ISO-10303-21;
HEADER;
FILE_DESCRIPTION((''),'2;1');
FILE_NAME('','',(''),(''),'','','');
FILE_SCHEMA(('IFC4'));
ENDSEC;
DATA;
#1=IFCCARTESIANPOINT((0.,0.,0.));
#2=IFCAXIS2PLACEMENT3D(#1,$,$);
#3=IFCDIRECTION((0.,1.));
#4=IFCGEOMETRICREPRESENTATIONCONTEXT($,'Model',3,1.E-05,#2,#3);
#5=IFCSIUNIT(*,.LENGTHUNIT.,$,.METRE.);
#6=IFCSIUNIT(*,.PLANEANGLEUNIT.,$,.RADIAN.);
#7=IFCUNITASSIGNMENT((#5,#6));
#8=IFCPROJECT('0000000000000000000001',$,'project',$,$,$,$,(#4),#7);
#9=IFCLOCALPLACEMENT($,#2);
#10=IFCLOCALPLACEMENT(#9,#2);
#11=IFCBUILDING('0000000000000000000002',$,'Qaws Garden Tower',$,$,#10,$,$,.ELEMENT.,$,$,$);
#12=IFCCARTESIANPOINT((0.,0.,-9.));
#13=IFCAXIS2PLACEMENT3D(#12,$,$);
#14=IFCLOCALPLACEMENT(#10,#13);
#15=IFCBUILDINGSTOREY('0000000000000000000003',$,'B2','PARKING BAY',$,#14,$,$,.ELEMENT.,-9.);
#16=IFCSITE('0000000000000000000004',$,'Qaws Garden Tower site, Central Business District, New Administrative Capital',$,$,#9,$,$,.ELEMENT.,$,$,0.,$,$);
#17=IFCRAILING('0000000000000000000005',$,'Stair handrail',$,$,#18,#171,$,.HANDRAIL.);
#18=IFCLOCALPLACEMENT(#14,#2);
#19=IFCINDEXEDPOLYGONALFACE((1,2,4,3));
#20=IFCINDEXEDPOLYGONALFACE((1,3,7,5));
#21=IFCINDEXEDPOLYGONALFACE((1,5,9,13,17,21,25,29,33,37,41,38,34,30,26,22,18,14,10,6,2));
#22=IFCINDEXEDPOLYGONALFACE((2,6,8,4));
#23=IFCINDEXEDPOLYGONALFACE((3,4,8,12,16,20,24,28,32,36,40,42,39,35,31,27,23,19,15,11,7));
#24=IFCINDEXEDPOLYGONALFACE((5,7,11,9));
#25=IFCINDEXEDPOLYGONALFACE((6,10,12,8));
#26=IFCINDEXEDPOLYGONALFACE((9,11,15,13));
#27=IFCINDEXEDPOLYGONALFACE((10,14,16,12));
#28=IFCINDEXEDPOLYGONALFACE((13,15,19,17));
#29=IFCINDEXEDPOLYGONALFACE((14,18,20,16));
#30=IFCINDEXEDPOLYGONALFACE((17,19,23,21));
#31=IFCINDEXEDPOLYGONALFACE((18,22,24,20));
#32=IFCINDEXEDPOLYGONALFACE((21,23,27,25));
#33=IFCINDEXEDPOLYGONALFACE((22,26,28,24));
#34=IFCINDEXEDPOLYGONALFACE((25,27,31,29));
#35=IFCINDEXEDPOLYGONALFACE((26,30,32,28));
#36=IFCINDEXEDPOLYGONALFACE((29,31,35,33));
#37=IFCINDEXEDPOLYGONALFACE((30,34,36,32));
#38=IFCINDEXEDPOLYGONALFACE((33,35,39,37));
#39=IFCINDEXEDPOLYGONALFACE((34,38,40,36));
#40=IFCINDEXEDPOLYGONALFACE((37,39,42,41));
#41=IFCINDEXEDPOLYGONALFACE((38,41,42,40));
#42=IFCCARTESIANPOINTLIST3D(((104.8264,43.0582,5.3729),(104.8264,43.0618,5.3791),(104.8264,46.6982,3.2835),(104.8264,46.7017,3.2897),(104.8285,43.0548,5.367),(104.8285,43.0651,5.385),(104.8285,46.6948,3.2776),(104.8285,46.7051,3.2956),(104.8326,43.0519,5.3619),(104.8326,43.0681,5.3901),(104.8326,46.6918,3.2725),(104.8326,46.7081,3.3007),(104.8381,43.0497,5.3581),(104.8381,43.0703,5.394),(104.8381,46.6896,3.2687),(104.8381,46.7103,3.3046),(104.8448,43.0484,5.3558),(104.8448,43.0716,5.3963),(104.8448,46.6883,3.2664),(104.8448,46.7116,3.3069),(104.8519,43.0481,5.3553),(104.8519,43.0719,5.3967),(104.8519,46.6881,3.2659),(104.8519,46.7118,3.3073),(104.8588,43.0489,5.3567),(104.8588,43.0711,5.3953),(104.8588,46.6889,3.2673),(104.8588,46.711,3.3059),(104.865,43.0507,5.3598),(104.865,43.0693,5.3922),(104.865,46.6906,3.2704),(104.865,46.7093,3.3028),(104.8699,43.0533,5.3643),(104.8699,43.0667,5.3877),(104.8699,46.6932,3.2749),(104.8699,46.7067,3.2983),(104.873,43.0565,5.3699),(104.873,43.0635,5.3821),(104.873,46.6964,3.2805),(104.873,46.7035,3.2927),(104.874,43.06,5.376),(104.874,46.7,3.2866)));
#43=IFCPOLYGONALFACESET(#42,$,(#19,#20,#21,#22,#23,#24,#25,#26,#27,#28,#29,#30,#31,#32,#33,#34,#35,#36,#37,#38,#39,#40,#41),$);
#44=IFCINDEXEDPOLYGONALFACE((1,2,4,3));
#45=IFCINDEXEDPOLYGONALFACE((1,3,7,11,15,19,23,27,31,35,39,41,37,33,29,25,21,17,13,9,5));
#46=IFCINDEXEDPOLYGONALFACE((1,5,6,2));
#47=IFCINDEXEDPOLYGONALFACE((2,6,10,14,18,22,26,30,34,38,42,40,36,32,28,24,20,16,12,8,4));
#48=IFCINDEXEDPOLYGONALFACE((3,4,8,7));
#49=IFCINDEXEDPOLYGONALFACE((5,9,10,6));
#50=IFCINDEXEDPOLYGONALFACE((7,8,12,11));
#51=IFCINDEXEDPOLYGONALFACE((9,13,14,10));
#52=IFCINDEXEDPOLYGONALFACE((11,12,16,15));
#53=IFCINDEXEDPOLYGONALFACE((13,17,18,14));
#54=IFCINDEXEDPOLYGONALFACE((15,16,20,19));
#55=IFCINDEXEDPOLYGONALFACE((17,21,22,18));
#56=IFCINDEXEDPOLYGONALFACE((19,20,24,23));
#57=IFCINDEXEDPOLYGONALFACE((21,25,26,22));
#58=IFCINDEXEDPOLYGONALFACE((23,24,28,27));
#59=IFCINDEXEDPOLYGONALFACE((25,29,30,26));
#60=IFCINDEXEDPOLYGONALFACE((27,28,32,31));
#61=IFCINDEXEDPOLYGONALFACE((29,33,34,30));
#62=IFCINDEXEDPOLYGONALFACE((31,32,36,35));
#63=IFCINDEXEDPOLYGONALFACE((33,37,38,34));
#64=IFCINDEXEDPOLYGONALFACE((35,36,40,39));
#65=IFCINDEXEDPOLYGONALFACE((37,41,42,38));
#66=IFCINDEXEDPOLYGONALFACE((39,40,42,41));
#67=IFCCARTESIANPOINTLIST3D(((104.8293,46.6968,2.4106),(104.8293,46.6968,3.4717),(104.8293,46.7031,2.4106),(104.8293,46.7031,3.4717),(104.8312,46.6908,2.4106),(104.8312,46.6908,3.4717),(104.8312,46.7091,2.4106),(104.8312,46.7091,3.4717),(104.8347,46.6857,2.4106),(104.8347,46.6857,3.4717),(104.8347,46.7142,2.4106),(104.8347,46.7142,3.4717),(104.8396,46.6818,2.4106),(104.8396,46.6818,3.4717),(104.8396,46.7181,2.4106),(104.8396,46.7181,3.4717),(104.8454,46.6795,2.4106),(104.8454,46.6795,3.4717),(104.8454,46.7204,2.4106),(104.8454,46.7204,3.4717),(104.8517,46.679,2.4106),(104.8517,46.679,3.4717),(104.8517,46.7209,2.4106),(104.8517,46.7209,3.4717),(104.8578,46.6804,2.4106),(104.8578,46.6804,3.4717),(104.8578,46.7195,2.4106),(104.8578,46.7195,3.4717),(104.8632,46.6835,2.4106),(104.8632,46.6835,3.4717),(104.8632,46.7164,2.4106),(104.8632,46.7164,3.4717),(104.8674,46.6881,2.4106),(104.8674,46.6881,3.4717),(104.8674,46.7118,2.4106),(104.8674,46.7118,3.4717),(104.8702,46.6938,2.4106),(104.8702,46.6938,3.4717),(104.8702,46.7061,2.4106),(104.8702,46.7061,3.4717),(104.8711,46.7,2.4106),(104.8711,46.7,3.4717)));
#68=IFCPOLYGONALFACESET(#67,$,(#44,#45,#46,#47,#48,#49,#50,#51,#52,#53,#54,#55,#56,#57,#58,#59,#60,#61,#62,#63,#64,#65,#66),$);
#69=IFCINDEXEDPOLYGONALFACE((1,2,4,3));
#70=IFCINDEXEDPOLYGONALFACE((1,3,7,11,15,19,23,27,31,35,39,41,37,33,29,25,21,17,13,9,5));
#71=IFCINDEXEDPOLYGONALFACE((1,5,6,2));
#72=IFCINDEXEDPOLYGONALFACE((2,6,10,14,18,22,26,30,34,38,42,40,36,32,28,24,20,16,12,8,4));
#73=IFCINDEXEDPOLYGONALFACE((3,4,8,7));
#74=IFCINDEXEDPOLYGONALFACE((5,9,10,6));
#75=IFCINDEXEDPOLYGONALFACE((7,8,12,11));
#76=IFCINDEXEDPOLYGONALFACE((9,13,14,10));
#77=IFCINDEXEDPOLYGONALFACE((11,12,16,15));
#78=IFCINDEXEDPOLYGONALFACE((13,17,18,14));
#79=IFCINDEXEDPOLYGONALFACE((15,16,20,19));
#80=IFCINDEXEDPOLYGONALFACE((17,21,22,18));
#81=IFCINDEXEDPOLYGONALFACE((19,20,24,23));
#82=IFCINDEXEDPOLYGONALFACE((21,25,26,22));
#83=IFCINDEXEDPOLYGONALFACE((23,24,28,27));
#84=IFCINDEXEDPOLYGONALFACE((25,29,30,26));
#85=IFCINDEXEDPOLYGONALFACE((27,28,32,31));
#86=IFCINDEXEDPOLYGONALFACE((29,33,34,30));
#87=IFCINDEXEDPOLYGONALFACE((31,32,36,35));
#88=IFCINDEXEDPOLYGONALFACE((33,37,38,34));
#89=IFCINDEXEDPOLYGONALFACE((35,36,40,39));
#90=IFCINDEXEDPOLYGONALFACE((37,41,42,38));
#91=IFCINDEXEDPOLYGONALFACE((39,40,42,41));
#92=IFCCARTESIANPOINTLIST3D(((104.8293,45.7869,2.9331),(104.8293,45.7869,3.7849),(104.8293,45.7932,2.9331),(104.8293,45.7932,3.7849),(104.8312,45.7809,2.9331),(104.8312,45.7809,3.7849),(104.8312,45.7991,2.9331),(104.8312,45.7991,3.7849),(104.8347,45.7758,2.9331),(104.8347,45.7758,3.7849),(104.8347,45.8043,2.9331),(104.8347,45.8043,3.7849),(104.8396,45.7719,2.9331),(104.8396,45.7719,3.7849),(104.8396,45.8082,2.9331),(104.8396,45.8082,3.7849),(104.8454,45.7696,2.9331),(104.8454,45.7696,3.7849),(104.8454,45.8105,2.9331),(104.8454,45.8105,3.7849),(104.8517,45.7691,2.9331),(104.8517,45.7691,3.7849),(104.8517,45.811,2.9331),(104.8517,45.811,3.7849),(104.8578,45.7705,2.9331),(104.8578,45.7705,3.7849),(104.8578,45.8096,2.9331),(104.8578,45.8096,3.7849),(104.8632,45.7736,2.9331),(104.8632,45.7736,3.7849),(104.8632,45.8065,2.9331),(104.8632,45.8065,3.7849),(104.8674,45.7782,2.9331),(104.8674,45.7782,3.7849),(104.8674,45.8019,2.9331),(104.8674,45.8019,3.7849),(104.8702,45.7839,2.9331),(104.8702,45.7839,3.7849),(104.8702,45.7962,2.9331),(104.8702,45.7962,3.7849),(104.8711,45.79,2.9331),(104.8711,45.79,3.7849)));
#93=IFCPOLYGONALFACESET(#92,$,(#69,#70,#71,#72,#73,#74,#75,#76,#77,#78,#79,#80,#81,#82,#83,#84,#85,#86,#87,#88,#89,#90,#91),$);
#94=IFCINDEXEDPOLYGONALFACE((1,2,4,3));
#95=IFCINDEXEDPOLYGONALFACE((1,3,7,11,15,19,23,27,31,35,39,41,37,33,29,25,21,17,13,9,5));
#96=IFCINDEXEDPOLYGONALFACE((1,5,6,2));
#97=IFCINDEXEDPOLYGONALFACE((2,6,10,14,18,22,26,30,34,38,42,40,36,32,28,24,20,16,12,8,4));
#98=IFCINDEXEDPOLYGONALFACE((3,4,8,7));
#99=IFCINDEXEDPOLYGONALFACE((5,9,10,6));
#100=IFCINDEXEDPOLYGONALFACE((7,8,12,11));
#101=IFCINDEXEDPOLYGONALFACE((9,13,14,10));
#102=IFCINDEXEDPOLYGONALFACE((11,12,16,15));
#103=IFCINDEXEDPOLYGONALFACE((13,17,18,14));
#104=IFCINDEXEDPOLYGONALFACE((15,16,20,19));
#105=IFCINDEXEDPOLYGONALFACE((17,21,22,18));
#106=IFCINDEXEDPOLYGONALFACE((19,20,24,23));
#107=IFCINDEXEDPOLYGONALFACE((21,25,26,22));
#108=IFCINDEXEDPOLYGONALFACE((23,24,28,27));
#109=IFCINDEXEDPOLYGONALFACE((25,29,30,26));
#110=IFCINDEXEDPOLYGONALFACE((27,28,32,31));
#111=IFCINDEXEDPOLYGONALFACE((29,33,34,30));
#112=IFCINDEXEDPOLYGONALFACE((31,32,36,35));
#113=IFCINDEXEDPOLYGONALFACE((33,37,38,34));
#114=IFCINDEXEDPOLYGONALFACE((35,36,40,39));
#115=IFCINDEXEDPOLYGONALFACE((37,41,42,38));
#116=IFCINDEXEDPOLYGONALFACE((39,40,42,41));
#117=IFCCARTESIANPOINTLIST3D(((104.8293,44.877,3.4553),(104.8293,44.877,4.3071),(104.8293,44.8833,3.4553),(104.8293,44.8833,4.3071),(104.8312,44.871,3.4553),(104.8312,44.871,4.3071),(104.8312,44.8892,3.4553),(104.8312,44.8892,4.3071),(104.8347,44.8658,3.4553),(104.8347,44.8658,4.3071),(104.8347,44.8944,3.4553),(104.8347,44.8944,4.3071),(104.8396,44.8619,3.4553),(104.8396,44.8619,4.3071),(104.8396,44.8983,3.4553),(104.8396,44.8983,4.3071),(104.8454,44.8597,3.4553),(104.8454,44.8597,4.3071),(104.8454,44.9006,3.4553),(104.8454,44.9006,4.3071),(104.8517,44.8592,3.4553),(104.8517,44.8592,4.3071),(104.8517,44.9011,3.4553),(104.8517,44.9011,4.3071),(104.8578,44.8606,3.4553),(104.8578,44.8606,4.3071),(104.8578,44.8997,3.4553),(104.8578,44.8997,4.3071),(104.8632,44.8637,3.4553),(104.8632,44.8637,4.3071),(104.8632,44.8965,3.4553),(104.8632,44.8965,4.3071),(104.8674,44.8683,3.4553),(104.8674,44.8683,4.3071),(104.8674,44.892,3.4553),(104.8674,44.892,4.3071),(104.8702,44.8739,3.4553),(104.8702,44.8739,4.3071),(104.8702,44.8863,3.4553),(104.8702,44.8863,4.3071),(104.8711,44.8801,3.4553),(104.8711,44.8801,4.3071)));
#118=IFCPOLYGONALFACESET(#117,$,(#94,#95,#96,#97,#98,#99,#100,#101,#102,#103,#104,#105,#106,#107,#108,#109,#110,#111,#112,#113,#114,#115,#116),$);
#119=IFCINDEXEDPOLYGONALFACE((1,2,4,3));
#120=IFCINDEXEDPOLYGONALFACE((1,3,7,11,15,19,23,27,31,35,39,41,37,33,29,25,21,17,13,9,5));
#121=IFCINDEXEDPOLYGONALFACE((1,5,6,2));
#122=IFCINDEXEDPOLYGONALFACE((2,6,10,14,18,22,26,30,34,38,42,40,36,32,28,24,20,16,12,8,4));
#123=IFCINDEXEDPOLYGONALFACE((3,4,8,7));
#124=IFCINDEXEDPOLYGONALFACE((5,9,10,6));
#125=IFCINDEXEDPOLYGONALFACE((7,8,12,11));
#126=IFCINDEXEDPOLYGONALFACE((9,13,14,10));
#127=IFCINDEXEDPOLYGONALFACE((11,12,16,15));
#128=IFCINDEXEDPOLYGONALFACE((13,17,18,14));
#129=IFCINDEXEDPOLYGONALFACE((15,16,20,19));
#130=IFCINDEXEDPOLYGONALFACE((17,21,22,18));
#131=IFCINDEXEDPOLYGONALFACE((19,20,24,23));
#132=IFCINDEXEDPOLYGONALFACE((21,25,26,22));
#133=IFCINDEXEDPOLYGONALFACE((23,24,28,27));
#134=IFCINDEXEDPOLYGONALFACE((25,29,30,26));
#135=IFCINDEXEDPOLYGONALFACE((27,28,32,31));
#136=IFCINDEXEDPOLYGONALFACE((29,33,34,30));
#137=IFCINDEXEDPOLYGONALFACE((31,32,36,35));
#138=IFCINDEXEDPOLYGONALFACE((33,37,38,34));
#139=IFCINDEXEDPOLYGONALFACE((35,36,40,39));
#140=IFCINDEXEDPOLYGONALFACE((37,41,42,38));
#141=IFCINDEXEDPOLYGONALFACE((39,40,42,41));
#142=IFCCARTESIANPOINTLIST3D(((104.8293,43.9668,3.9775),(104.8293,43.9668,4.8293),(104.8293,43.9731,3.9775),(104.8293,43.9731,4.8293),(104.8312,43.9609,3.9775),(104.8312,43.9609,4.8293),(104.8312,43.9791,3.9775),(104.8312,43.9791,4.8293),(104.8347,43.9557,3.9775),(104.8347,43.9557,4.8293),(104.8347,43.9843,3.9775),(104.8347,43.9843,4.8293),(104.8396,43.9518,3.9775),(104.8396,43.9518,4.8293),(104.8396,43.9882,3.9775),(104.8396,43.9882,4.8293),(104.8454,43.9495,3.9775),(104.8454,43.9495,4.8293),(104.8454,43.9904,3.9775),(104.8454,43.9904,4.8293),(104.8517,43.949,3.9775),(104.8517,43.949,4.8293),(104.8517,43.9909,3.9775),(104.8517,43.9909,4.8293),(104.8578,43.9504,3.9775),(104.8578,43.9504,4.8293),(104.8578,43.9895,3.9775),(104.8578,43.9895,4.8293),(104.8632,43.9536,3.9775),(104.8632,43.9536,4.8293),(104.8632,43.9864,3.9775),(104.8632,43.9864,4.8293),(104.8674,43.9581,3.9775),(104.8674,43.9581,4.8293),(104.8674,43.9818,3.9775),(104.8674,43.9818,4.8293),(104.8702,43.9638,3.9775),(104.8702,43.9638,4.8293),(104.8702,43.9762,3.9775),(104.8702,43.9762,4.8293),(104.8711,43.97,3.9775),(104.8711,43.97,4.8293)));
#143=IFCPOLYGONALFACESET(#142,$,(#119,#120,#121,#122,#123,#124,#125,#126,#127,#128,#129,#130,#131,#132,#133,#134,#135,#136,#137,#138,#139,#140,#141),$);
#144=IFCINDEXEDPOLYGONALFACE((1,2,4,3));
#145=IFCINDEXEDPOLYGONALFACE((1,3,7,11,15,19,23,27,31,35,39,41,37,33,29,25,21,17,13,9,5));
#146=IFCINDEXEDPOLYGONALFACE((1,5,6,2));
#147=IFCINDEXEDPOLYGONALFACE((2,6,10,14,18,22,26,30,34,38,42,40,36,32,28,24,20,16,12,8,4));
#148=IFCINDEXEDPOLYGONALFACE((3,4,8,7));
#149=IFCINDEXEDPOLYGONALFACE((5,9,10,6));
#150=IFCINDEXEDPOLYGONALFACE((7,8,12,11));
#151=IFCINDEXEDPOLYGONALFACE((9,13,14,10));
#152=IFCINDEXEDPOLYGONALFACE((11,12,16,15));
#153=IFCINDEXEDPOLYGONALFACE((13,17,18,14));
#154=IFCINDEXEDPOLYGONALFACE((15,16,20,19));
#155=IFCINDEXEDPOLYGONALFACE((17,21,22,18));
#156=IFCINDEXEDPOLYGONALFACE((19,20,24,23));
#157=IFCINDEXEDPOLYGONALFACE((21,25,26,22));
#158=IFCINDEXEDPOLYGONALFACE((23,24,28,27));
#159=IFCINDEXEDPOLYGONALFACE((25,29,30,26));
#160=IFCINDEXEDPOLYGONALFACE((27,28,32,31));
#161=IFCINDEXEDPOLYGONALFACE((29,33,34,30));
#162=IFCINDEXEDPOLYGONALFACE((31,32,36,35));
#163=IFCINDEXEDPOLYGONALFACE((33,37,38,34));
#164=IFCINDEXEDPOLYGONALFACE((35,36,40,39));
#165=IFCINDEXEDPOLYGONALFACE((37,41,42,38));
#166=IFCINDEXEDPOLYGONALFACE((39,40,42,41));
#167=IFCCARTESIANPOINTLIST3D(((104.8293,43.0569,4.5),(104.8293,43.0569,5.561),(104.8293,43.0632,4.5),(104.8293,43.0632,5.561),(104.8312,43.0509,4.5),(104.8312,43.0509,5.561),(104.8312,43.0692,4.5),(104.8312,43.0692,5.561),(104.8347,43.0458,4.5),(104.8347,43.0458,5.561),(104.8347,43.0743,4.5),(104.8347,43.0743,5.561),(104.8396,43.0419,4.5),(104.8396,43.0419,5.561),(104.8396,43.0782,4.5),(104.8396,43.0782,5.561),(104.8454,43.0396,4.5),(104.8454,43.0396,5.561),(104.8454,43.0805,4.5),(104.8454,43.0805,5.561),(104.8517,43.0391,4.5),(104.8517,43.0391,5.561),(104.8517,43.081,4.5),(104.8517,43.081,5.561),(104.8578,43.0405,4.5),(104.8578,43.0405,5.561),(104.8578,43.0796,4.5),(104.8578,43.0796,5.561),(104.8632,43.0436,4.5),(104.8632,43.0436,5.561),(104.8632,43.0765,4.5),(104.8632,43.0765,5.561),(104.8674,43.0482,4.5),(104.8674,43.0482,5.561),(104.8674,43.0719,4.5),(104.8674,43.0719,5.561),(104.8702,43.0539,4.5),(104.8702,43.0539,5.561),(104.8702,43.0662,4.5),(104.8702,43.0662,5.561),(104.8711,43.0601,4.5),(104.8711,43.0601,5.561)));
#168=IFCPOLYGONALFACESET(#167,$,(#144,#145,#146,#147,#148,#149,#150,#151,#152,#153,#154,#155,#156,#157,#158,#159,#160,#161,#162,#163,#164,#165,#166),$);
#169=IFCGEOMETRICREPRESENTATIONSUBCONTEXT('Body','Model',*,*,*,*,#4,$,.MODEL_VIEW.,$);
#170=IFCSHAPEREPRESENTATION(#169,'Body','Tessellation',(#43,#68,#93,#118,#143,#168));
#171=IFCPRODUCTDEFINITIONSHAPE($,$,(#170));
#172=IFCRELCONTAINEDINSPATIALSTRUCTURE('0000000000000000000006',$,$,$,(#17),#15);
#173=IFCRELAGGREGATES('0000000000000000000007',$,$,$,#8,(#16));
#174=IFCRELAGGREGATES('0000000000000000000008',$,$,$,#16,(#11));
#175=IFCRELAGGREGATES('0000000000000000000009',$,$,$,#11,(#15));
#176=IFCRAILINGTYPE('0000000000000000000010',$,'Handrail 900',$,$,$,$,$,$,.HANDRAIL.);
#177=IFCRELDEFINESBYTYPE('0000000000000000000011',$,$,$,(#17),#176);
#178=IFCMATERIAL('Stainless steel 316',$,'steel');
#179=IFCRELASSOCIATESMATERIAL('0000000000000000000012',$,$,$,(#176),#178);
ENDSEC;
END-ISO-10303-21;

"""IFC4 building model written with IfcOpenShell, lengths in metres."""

from ifc_helpers import new_model, si_unit, direction, frame, origin, origin_2d, place, context, subcontext, project, spatial, circle, extrude, material, type_object, element, save


model = new_model("IFC4")

# Units and contexts
model_context = context("Model", 3, precision=1e-05, world=origin(), true_north=direction((0.0, 1.0)))
body_context = subcontext(model_context, "Body", "Model", "MODEL_VIEW")
ifc_project = project(units=[si_unit("LENGTHUNIT", "METRE"), si_unit("PLANEANGLEUNIT", "RADIAN")], contexts=[model_context])

# Site, building, storey
site_placement = place(None, origin())
site = spatial("IfcSite", under=ifc_project, at=site_placement, Name="Qaws Garden Tower site, Central Business District, New Administrative Capital", CompositionType="ELEMENT", RefElevation=0.0)
building_placement = place(site_placement, origin())
building = spatial("IfcBuilding", under=site, at=building_placement, Name="Qaws Garden Tower", CompositionType="ELEMENT")
storey_placement = place(building_placement, frame((0.0, 0.0, -9.0)))
storey = spatial("IfcBuildingStorey", under=building, at=storey_placement, Name="B2", Description="PARKING BAY", CompositionType="ELEMENT", Elevation=-9.0)

# Railing
ifc_material_1 = material(Name="Stainless steel 316", Category="steel")
railing_type_1 = type_object("IfcRailingType", Name="Handrail 900", PredefinedType="HANDRAIL", material=ifc_material_1)
for number, where, name in (
    (1, (104.8501, 46.7, 2.4106), "Stair handrail"),
):
    element("IfcRailing", number, at=place(storey_placement, frame(where)), inside=storey, type_object=railing_type_1, Name=name, PredefinedType="HANDRAIL", context=body_context, shape_type="SweptSolid", body=[
        extrude(circle(Radius=0.0239, at=origin_2d()), frame((0.0, 0.0, 0.876), z_axis=(0.0, -0.867275, 0.497829), x_axis=(1.0, 0.0, 0.0)), (0.0, 0.0, 1.0), 4.197),
        extrude(circle(Radius=0.021, at=origin_2d()), origin(), (0.0, 0.0, 1.0), 1.061),
        extrude(circle(Radius=0.021, at=origin_2d()), frame((0.0, -0.9099, 0.5225)), (0.0, 0.0, 1.0), 0.8518),
        extrude(circle(Radius=0.021, at=origin_2d()), frame((0.0, -1.8198, 1.0447)), (0.0, 0.0, 1.0), 0.8518),
        extrude(circle(Radius=0.021, at=origin_2d()), frame((0.0, -2.73, 1.5669)), (0.0, 0.0, 1.0), 0.8518),
        extrude(circle(Radius=0.021, at=origin_2d()), frame((0.0, -3.6399, 2.0894)), (0.0, 0.0, 1.0), 1.061),
    ])

save(model, "model.ifc")
